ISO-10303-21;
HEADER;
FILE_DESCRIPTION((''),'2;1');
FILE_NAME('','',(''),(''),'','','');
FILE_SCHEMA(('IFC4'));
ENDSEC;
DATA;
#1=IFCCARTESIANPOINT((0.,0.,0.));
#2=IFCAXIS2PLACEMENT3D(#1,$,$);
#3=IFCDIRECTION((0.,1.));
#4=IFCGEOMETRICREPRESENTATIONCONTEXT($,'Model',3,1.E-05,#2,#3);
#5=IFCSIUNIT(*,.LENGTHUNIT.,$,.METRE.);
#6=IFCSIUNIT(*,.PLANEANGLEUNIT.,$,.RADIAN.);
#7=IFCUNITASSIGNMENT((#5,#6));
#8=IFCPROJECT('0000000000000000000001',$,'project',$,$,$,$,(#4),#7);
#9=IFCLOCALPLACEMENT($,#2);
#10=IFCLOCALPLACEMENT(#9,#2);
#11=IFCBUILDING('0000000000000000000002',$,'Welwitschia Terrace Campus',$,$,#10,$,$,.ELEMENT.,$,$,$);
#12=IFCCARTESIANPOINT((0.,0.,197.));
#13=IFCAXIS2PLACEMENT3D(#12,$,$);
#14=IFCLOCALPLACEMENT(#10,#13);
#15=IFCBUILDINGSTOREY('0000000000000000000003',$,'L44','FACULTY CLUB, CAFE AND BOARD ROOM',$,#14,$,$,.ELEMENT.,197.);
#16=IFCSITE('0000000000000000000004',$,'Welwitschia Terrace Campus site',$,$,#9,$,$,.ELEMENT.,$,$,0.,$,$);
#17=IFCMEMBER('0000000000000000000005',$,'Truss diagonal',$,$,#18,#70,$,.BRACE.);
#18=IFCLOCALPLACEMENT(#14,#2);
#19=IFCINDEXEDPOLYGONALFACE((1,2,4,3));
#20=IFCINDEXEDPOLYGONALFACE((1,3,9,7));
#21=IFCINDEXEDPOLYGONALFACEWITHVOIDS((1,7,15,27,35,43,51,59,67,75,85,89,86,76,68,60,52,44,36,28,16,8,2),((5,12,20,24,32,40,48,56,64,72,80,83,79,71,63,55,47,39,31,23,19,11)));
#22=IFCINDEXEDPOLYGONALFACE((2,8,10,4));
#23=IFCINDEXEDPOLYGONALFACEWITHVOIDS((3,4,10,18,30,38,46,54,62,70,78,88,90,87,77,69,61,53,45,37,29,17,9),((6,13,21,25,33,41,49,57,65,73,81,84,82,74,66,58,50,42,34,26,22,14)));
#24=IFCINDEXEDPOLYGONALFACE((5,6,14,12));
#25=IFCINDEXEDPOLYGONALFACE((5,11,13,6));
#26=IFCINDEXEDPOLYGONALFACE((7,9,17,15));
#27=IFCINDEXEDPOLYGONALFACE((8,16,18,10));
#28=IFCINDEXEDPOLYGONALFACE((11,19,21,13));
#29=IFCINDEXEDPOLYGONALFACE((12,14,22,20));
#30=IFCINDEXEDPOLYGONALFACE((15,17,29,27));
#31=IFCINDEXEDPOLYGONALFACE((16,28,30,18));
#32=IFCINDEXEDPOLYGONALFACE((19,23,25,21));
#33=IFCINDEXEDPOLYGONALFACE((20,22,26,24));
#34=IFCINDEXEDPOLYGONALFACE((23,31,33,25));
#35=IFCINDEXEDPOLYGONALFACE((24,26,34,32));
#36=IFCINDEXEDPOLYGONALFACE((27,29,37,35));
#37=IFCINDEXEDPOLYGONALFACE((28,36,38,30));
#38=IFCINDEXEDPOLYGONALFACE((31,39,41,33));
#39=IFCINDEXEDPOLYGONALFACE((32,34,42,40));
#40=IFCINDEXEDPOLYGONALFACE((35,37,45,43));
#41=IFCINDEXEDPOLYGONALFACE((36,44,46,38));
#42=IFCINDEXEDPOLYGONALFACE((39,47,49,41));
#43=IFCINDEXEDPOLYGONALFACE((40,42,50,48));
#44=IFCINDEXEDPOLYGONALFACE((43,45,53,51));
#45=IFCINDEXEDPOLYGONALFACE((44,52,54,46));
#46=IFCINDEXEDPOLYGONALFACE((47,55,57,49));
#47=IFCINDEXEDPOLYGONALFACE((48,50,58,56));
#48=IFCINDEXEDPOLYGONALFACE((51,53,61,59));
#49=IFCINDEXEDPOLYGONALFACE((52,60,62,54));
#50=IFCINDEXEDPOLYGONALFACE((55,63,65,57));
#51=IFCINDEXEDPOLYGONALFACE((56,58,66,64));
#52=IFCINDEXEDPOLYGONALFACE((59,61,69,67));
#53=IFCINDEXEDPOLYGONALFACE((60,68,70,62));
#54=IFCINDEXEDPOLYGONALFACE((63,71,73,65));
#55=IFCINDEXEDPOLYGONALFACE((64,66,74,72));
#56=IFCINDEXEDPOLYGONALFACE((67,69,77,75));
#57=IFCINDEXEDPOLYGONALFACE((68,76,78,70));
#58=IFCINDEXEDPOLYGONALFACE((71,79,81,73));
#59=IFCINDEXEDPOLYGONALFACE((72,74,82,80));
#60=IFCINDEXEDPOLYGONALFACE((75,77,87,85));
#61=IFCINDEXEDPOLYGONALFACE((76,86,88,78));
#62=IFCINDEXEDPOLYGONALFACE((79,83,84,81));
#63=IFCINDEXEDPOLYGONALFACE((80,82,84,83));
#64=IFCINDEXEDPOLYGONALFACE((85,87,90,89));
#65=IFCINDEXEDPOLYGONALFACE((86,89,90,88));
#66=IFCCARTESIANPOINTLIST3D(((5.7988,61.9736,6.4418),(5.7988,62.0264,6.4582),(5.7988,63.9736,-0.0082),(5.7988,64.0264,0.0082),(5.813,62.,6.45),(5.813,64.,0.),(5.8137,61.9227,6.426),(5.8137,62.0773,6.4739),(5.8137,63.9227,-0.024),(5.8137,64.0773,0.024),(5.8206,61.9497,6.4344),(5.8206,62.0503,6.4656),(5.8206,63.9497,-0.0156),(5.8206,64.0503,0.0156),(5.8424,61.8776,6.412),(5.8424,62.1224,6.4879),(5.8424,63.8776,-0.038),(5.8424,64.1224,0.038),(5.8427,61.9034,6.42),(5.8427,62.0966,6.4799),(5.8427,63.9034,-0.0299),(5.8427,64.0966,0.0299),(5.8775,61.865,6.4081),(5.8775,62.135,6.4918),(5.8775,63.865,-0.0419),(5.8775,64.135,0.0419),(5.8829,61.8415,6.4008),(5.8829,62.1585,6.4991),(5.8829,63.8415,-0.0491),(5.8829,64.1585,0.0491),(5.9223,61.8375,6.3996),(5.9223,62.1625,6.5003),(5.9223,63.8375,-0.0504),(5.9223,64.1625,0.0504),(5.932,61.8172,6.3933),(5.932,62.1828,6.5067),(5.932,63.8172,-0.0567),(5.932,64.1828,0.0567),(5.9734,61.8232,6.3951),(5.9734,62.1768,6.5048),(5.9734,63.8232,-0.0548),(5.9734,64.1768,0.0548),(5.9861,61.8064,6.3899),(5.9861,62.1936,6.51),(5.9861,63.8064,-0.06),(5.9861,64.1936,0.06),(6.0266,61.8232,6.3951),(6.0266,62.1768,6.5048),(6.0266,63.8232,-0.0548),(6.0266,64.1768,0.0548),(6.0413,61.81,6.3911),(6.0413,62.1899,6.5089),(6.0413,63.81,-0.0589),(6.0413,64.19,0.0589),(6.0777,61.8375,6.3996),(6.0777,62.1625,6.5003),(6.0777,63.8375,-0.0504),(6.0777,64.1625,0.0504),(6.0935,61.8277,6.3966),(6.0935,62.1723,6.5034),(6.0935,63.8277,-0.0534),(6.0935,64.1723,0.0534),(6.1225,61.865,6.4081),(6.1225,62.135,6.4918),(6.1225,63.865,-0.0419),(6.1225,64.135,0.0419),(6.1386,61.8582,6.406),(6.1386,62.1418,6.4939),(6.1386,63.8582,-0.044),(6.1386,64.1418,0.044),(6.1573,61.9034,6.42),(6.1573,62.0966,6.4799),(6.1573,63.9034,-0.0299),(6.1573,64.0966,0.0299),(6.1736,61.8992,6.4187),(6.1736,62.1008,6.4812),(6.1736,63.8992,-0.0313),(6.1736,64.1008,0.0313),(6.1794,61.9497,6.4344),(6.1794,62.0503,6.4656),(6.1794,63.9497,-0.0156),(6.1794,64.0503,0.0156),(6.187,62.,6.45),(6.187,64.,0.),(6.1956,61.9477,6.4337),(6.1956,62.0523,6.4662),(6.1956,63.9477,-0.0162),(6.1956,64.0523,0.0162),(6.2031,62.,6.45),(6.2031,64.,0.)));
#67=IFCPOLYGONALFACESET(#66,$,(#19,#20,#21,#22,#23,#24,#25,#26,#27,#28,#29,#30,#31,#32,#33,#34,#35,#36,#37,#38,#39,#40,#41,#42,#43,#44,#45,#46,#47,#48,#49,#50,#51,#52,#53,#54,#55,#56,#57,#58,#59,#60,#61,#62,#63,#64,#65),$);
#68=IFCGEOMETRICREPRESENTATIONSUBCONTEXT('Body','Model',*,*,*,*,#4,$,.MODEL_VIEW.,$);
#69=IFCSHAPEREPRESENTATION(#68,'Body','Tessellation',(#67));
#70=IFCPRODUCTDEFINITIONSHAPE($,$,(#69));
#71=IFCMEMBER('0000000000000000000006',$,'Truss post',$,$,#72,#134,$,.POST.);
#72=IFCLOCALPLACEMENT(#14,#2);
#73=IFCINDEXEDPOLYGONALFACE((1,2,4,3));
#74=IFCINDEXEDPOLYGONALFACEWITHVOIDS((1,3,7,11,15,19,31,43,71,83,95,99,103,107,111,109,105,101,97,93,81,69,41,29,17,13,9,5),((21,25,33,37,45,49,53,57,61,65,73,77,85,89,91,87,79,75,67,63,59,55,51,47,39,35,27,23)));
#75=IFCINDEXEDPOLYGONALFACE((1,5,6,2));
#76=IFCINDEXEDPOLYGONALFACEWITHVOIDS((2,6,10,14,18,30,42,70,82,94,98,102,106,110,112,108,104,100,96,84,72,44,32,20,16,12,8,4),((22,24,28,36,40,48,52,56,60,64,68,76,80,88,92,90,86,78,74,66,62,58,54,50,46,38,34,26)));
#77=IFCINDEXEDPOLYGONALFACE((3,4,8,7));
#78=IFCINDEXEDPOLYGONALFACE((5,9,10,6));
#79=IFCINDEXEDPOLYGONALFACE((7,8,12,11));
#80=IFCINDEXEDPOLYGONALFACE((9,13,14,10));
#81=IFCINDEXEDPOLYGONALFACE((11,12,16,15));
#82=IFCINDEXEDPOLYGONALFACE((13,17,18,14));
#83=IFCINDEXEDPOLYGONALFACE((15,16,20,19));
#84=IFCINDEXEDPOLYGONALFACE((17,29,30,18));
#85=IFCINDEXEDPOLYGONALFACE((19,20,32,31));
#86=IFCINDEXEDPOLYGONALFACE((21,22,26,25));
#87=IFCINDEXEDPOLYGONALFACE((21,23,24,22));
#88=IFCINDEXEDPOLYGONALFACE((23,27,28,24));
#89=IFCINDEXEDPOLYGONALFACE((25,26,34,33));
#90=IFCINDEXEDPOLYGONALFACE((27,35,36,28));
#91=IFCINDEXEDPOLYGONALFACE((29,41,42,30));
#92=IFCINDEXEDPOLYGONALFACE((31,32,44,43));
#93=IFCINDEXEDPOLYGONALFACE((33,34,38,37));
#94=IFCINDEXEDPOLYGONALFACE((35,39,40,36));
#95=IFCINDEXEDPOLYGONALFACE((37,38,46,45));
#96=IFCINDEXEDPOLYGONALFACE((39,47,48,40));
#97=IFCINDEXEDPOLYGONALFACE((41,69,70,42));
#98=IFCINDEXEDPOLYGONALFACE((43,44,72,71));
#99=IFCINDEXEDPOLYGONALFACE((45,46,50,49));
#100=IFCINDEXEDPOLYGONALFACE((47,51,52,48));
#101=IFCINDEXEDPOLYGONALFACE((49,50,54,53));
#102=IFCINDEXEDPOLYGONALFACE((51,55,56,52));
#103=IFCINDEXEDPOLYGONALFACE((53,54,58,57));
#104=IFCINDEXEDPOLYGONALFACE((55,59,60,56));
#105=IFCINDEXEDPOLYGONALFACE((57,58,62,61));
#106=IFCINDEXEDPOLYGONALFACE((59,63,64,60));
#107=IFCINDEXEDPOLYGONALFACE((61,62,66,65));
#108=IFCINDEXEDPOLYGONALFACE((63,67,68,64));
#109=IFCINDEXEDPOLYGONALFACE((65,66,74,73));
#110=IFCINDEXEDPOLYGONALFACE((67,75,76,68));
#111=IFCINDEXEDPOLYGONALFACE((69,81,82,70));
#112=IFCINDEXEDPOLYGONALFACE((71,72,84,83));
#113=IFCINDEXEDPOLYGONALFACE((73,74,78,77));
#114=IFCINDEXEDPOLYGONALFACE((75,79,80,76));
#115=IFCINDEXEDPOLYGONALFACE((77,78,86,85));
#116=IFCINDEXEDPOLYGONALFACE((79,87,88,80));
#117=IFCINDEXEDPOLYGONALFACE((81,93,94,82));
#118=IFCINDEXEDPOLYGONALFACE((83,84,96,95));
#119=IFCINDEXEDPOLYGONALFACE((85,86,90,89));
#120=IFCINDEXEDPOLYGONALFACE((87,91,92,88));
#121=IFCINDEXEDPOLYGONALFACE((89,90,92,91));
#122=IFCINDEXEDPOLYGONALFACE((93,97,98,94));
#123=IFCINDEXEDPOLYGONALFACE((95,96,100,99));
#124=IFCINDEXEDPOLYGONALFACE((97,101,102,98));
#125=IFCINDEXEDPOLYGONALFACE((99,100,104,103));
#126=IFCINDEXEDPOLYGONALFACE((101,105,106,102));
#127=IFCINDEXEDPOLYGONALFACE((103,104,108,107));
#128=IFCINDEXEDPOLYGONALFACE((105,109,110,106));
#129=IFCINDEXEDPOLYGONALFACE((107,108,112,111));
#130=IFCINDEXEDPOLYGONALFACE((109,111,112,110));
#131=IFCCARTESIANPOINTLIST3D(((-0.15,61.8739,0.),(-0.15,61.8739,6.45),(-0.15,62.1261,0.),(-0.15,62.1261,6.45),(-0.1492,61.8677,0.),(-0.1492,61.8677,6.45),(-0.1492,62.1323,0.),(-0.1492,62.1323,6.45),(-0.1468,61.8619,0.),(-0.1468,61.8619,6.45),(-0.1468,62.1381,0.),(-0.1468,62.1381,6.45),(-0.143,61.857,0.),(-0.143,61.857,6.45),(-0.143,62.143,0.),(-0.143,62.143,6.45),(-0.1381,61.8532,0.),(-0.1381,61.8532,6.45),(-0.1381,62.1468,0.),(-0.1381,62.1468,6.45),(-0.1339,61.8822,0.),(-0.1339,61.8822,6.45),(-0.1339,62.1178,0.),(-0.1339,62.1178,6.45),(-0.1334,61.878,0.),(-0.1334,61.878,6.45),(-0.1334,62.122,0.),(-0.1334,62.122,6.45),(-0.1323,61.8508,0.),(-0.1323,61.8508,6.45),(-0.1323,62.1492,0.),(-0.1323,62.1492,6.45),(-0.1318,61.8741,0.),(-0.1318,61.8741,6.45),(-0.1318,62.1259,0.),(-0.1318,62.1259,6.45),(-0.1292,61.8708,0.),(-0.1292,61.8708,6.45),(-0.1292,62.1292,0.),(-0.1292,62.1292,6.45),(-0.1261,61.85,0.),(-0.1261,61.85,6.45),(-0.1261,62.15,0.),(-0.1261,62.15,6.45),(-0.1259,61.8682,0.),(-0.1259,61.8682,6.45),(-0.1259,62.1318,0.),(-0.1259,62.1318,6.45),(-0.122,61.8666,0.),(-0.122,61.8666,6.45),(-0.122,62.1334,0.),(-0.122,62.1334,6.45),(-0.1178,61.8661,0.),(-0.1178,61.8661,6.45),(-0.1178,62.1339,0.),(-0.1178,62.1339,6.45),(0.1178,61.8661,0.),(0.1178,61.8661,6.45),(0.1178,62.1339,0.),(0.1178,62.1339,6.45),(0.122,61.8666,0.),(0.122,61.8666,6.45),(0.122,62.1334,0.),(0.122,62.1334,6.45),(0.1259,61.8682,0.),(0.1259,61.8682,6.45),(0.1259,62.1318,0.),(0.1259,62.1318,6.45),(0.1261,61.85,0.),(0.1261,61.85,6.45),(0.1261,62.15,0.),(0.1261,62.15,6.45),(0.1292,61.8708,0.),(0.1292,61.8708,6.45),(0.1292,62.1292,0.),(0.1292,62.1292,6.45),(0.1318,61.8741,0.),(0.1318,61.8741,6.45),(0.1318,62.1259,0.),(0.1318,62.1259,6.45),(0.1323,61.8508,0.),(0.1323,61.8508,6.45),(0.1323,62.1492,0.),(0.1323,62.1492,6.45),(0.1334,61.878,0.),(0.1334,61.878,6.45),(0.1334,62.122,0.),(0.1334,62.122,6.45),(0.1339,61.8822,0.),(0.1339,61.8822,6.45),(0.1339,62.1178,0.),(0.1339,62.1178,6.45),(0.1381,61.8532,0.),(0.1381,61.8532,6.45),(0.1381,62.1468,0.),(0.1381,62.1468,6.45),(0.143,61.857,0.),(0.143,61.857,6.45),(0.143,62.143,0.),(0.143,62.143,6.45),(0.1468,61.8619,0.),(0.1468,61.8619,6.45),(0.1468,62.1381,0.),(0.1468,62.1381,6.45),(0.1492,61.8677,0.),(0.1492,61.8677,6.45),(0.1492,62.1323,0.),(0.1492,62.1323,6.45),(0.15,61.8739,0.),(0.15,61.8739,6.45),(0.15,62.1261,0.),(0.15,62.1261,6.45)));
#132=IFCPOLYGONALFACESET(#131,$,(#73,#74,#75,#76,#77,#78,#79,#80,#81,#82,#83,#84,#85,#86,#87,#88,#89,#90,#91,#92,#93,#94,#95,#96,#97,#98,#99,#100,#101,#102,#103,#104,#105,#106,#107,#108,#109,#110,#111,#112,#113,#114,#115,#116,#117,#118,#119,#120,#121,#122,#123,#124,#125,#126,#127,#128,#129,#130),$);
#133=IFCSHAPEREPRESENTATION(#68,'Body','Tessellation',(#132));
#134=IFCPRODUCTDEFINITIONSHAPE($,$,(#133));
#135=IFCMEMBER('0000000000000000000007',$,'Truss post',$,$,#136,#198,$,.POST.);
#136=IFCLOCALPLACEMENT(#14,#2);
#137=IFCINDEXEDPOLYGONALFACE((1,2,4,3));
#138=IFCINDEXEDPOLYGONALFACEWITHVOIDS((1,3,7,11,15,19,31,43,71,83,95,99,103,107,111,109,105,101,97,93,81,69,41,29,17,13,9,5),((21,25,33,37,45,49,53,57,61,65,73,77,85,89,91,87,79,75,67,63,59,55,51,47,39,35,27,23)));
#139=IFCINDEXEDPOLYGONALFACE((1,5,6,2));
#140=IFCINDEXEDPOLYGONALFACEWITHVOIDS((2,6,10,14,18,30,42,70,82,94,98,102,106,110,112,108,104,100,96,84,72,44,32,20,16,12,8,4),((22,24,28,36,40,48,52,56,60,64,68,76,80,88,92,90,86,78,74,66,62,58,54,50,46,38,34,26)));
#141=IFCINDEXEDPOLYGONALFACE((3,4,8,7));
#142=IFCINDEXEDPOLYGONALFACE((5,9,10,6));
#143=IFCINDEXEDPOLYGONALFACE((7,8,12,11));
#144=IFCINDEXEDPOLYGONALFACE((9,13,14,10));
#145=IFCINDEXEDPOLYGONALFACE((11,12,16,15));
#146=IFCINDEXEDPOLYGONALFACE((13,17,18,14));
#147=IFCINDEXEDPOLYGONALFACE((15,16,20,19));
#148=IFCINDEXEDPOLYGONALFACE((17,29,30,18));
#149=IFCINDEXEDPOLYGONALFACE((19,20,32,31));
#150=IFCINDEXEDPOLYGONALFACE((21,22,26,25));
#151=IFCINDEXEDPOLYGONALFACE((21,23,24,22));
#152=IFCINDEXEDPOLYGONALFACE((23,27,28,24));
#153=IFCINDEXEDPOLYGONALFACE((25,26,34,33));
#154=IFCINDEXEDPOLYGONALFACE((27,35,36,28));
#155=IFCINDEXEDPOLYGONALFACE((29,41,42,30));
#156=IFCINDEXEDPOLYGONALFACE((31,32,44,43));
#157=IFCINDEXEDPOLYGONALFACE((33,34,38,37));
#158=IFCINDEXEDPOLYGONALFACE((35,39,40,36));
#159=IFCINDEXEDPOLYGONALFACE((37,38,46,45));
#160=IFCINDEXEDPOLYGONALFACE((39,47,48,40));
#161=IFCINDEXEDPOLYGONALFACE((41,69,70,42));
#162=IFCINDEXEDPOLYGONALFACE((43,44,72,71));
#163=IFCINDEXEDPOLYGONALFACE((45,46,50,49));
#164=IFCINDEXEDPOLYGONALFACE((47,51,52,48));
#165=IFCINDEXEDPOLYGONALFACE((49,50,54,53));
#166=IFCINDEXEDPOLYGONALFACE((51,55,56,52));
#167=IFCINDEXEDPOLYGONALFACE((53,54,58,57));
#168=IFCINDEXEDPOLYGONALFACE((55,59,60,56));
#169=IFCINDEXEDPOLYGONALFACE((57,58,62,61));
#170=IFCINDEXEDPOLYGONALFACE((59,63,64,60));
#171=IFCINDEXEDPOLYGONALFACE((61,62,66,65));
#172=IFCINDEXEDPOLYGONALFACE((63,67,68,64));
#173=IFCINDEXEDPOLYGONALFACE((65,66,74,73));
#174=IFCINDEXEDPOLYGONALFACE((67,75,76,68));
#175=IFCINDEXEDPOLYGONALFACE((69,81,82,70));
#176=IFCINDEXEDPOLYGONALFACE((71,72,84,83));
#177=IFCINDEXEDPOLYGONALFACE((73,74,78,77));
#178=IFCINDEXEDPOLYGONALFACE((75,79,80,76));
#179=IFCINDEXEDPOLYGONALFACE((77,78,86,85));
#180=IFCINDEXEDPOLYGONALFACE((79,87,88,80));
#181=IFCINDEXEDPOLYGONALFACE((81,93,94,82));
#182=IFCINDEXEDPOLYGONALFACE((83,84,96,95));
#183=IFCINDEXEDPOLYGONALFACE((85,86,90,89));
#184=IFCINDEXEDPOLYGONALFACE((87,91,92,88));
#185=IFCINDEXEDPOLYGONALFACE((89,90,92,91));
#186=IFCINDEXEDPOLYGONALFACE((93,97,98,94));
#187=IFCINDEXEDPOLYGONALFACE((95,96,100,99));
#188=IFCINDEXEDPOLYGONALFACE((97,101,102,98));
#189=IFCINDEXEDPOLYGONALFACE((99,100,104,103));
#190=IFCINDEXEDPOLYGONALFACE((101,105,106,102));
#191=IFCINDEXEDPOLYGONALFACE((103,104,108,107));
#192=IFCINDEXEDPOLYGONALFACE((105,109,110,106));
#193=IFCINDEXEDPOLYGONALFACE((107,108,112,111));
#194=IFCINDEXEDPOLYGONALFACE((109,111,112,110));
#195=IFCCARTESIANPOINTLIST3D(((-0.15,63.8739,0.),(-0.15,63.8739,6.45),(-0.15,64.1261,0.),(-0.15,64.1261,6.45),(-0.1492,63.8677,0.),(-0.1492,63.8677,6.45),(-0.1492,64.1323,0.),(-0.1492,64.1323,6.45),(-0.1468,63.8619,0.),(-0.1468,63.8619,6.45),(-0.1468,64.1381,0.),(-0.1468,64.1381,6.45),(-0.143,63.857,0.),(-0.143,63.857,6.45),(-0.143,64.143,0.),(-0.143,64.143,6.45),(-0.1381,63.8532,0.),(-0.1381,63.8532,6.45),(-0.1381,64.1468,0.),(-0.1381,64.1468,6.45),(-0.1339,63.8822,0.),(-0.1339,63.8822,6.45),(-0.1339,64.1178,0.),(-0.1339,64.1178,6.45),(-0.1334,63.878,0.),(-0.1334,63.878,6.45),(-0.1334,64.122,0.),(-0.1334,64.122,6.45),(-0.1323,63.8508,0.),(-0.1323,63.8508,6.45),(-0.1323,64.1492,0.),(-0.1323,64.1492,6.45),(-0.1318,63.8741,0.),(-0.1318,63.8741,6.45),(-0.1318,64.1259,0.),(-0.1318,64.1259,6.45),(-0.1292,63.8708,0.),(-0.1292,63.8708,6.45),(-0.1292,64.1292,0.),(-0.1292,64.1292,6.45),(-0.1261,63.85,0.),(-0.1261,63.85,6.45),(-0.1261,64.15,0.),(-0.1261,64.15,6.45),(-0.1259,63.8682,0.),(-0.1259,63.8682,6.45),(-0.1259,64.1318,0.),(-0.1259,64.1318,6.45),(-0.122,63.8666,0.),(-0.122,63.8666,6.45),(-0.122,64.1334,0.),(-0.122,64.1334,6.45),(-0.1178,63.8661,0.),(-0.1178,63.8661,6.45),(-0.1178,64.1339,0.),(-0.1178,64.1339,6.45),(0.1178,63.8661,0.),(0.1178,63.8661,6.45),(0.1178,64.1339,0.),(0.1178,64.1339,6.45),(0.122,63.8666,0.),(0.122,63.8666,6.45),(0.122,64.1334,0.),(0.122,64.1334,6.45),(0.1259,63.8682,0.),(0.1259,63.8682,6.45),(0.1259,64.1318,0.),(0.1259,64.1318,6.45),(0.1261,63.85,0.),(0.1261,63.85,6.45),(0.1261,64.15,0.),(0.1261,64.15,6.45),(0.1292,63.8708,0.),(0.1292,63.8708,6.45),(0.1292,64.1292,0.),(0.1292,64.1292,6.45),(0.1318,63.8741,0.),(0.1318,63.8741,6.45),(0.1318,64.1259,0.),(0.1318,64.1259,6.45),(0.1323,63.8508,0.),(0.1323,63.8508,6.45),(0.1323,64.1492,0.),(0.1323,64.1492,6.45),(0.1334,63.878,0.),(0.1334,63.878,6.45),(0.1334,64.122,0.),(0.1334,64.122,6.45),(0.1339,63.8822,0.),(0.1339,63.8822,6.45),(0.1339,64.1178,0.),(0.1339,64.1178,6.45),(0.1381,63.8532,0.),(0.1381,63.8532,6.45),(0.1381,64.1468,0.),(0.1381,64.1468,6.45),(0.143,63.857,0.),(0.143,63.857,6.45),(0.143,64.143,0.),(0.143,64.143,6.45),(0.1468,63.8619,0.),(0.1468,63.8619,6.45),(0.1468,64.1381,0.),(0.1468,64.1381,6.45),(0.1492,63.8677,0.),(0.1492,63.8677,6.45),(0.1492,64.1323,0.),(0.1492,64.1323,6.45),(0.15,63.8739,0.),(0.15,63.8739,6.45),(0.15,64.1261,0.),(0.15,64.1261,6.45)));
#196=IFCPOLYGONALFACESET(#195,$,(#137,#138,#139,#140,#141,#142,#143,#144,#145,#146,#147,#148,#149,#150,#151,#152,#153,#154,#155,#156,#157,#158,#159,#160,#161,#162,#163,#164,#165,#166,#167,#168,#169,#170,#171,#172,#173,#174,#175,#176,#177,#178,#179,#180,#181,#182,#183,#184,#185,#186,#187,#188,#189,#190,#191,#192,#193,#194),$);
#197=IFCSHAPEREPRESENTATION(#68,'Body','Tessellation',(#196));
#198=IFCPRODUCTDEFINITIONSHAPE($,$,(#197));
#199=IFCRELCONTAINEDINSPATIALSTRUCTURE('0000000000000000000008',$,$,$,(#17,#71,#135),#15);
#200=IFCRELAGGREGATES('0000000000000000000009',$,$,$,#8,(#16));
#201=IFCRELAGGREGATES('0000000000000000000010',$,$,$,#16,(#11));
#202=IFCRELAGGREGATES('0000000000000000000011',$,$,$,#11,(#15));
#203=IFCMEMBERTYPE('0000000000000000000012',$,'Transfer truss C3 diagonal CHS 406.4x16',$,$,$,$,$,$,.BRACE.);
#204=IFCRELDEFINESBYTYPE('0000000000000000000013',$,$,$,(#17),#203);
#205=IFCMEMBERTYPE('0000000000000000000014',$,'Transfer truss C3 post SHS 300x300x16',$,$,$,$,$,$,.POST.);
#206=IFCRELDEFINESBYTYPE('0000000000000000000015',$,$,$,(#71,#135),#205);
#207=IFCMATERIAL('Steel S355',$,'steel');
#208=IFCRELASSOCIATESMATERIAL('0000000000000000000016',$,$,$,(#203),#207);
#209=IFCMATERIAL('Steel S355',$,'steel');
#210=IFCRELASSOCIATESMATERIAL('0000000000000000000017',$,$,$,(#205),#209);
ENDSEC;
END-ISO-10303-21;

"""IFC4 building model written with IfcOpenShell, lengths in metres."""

from ifc_helpers import new_model, si_unit, direction, frame, origin, origin_2d, place, context, subcontext, project, spatial, hollow_rectangle, hollow_circle, extrude, material, material_profile, profile_set, type_object, element, save


model = new_model("IFC4")

# Units and contexts
model_context = context("Model", 3, precision=1e-05, world=origin(), true_north=direction((0.0, 1.0)))
body_context = subcontext(model_context, "Body", "Model", "MODEL_VIEW")
ifc_project = project(units=[si_unit("LENGTHUNIT", "METRE"), si_unit("PLANEANGLEUNIT", "RADIAN")], contexts=[model_context])

# Site, building, storey
site_placement = place(None, origin())
site = spatial("IfcSite", under=ifc_project, at=site_placement, Name="Welwitschia Terrace Campus site", CompositionType="ELEMENT", RefElevation=0.0)
building_placement = place(site_placement, origin())
building = spatial("IfcBuilding", under=site, at=building_placement, Name="Welwitschia Terrace Campus", CompositionType="ELEMENT")
storey_placement = place(building_placement, frame((0.0, 0.0, 197.0)))
storey = spatial("IfcBuildingStorey", under=building, at=storey_placement, Name="L44", Description="FACULTY CLUB, CAFE AND BOARD ROOM", CompositionType="ELEMENT", Elevation=197.0)

# Members
ifc_material_1 = material(Name="Steel S355", Category="steel")
ifc_material_profile_1 = material_profile(ifc_material_1, hollow_circle(Radius=0.2031, WallThickness=0.0161, at=origin_2d()))
ifc_profile_set_1 = profile_set([ifc_material_profile_1], Name="Steel S355")
member_type_1 = type_object("IfcMemberType", Name="Transfer truss C3 diagonal CHS 406.4x16", PredefinedType="BRACE", material=ifc_profile_set_1)
member_1_placement = place(storey_placement, frame((6.0, 64.0, 0.0), z_axis=(0.0, -0.296168, 0.955136), x_axis=(1.0, 0.0, 0.0)))
element("IfcMember", 1, at=member_1_placement, inside=storey, type_object=member_type_1, Name="Truss diagonal", PredefinedType="BRACE", context=body_context, shape_type="SweptSolid", body=[
    extrude(hollow_circle(Radius=0.2031, WallThickness=0.0161, at=origin_2d()), origin(), (0.0, 0.0, 1.0), 6.7529),
])
ifc_material_2 = material(Name="Steel S355", Category="steel")
ifc_material_profile_2 = material_profile(ifc_material_2, hollow_rectangle(XDim=0.3, YDim=0.3, WallThickness=0.0161, InnerFilletRadius=0.0161, OuterFilletRadius=0.0239, at=origin_2d()))
ifc_profile_set_2 = profile_set([ifc_material_profile_2], Name="Steel S355")
member_type_2 = type_object("IfcMemberType", Name="Transfer truss C3 post SHS 300x300x16", PredefinedType="POST", material=ifc_profile_set_2)
for number, where, z_axis, x_axis, name in (
    (2, (0.0, 62.0, 0.0), (0.0, 0.0, 1.0), (1.0, 0.0, 0.0), "Truss post"),
    (3, (0.0, 64.0, 0.0), (0.0, 0.0, 1.0), (1.0, 0.0, 0.0), "Truss post"),
):
    element("IfcMember", number, at=place(storey_placement, frame(where, z_axis=z_axis, x_axis=x_axis)), inside=storey, type_object=member_type_2, Name=name, PredefinedType="POST", context=body_context, shape_type="SweptSolid", body=[
        extrude(hollow_rectangle(XDim=0.3, YDim=0.3, WallThickness=0.0161, InnerFilletRadius=0.0161, OuterFilletRadius=0.0239, at=origin_2d()), origin(), (0.0, 0.0, 1.0), 6.45),
    ])

save(model, "model.ifc")
